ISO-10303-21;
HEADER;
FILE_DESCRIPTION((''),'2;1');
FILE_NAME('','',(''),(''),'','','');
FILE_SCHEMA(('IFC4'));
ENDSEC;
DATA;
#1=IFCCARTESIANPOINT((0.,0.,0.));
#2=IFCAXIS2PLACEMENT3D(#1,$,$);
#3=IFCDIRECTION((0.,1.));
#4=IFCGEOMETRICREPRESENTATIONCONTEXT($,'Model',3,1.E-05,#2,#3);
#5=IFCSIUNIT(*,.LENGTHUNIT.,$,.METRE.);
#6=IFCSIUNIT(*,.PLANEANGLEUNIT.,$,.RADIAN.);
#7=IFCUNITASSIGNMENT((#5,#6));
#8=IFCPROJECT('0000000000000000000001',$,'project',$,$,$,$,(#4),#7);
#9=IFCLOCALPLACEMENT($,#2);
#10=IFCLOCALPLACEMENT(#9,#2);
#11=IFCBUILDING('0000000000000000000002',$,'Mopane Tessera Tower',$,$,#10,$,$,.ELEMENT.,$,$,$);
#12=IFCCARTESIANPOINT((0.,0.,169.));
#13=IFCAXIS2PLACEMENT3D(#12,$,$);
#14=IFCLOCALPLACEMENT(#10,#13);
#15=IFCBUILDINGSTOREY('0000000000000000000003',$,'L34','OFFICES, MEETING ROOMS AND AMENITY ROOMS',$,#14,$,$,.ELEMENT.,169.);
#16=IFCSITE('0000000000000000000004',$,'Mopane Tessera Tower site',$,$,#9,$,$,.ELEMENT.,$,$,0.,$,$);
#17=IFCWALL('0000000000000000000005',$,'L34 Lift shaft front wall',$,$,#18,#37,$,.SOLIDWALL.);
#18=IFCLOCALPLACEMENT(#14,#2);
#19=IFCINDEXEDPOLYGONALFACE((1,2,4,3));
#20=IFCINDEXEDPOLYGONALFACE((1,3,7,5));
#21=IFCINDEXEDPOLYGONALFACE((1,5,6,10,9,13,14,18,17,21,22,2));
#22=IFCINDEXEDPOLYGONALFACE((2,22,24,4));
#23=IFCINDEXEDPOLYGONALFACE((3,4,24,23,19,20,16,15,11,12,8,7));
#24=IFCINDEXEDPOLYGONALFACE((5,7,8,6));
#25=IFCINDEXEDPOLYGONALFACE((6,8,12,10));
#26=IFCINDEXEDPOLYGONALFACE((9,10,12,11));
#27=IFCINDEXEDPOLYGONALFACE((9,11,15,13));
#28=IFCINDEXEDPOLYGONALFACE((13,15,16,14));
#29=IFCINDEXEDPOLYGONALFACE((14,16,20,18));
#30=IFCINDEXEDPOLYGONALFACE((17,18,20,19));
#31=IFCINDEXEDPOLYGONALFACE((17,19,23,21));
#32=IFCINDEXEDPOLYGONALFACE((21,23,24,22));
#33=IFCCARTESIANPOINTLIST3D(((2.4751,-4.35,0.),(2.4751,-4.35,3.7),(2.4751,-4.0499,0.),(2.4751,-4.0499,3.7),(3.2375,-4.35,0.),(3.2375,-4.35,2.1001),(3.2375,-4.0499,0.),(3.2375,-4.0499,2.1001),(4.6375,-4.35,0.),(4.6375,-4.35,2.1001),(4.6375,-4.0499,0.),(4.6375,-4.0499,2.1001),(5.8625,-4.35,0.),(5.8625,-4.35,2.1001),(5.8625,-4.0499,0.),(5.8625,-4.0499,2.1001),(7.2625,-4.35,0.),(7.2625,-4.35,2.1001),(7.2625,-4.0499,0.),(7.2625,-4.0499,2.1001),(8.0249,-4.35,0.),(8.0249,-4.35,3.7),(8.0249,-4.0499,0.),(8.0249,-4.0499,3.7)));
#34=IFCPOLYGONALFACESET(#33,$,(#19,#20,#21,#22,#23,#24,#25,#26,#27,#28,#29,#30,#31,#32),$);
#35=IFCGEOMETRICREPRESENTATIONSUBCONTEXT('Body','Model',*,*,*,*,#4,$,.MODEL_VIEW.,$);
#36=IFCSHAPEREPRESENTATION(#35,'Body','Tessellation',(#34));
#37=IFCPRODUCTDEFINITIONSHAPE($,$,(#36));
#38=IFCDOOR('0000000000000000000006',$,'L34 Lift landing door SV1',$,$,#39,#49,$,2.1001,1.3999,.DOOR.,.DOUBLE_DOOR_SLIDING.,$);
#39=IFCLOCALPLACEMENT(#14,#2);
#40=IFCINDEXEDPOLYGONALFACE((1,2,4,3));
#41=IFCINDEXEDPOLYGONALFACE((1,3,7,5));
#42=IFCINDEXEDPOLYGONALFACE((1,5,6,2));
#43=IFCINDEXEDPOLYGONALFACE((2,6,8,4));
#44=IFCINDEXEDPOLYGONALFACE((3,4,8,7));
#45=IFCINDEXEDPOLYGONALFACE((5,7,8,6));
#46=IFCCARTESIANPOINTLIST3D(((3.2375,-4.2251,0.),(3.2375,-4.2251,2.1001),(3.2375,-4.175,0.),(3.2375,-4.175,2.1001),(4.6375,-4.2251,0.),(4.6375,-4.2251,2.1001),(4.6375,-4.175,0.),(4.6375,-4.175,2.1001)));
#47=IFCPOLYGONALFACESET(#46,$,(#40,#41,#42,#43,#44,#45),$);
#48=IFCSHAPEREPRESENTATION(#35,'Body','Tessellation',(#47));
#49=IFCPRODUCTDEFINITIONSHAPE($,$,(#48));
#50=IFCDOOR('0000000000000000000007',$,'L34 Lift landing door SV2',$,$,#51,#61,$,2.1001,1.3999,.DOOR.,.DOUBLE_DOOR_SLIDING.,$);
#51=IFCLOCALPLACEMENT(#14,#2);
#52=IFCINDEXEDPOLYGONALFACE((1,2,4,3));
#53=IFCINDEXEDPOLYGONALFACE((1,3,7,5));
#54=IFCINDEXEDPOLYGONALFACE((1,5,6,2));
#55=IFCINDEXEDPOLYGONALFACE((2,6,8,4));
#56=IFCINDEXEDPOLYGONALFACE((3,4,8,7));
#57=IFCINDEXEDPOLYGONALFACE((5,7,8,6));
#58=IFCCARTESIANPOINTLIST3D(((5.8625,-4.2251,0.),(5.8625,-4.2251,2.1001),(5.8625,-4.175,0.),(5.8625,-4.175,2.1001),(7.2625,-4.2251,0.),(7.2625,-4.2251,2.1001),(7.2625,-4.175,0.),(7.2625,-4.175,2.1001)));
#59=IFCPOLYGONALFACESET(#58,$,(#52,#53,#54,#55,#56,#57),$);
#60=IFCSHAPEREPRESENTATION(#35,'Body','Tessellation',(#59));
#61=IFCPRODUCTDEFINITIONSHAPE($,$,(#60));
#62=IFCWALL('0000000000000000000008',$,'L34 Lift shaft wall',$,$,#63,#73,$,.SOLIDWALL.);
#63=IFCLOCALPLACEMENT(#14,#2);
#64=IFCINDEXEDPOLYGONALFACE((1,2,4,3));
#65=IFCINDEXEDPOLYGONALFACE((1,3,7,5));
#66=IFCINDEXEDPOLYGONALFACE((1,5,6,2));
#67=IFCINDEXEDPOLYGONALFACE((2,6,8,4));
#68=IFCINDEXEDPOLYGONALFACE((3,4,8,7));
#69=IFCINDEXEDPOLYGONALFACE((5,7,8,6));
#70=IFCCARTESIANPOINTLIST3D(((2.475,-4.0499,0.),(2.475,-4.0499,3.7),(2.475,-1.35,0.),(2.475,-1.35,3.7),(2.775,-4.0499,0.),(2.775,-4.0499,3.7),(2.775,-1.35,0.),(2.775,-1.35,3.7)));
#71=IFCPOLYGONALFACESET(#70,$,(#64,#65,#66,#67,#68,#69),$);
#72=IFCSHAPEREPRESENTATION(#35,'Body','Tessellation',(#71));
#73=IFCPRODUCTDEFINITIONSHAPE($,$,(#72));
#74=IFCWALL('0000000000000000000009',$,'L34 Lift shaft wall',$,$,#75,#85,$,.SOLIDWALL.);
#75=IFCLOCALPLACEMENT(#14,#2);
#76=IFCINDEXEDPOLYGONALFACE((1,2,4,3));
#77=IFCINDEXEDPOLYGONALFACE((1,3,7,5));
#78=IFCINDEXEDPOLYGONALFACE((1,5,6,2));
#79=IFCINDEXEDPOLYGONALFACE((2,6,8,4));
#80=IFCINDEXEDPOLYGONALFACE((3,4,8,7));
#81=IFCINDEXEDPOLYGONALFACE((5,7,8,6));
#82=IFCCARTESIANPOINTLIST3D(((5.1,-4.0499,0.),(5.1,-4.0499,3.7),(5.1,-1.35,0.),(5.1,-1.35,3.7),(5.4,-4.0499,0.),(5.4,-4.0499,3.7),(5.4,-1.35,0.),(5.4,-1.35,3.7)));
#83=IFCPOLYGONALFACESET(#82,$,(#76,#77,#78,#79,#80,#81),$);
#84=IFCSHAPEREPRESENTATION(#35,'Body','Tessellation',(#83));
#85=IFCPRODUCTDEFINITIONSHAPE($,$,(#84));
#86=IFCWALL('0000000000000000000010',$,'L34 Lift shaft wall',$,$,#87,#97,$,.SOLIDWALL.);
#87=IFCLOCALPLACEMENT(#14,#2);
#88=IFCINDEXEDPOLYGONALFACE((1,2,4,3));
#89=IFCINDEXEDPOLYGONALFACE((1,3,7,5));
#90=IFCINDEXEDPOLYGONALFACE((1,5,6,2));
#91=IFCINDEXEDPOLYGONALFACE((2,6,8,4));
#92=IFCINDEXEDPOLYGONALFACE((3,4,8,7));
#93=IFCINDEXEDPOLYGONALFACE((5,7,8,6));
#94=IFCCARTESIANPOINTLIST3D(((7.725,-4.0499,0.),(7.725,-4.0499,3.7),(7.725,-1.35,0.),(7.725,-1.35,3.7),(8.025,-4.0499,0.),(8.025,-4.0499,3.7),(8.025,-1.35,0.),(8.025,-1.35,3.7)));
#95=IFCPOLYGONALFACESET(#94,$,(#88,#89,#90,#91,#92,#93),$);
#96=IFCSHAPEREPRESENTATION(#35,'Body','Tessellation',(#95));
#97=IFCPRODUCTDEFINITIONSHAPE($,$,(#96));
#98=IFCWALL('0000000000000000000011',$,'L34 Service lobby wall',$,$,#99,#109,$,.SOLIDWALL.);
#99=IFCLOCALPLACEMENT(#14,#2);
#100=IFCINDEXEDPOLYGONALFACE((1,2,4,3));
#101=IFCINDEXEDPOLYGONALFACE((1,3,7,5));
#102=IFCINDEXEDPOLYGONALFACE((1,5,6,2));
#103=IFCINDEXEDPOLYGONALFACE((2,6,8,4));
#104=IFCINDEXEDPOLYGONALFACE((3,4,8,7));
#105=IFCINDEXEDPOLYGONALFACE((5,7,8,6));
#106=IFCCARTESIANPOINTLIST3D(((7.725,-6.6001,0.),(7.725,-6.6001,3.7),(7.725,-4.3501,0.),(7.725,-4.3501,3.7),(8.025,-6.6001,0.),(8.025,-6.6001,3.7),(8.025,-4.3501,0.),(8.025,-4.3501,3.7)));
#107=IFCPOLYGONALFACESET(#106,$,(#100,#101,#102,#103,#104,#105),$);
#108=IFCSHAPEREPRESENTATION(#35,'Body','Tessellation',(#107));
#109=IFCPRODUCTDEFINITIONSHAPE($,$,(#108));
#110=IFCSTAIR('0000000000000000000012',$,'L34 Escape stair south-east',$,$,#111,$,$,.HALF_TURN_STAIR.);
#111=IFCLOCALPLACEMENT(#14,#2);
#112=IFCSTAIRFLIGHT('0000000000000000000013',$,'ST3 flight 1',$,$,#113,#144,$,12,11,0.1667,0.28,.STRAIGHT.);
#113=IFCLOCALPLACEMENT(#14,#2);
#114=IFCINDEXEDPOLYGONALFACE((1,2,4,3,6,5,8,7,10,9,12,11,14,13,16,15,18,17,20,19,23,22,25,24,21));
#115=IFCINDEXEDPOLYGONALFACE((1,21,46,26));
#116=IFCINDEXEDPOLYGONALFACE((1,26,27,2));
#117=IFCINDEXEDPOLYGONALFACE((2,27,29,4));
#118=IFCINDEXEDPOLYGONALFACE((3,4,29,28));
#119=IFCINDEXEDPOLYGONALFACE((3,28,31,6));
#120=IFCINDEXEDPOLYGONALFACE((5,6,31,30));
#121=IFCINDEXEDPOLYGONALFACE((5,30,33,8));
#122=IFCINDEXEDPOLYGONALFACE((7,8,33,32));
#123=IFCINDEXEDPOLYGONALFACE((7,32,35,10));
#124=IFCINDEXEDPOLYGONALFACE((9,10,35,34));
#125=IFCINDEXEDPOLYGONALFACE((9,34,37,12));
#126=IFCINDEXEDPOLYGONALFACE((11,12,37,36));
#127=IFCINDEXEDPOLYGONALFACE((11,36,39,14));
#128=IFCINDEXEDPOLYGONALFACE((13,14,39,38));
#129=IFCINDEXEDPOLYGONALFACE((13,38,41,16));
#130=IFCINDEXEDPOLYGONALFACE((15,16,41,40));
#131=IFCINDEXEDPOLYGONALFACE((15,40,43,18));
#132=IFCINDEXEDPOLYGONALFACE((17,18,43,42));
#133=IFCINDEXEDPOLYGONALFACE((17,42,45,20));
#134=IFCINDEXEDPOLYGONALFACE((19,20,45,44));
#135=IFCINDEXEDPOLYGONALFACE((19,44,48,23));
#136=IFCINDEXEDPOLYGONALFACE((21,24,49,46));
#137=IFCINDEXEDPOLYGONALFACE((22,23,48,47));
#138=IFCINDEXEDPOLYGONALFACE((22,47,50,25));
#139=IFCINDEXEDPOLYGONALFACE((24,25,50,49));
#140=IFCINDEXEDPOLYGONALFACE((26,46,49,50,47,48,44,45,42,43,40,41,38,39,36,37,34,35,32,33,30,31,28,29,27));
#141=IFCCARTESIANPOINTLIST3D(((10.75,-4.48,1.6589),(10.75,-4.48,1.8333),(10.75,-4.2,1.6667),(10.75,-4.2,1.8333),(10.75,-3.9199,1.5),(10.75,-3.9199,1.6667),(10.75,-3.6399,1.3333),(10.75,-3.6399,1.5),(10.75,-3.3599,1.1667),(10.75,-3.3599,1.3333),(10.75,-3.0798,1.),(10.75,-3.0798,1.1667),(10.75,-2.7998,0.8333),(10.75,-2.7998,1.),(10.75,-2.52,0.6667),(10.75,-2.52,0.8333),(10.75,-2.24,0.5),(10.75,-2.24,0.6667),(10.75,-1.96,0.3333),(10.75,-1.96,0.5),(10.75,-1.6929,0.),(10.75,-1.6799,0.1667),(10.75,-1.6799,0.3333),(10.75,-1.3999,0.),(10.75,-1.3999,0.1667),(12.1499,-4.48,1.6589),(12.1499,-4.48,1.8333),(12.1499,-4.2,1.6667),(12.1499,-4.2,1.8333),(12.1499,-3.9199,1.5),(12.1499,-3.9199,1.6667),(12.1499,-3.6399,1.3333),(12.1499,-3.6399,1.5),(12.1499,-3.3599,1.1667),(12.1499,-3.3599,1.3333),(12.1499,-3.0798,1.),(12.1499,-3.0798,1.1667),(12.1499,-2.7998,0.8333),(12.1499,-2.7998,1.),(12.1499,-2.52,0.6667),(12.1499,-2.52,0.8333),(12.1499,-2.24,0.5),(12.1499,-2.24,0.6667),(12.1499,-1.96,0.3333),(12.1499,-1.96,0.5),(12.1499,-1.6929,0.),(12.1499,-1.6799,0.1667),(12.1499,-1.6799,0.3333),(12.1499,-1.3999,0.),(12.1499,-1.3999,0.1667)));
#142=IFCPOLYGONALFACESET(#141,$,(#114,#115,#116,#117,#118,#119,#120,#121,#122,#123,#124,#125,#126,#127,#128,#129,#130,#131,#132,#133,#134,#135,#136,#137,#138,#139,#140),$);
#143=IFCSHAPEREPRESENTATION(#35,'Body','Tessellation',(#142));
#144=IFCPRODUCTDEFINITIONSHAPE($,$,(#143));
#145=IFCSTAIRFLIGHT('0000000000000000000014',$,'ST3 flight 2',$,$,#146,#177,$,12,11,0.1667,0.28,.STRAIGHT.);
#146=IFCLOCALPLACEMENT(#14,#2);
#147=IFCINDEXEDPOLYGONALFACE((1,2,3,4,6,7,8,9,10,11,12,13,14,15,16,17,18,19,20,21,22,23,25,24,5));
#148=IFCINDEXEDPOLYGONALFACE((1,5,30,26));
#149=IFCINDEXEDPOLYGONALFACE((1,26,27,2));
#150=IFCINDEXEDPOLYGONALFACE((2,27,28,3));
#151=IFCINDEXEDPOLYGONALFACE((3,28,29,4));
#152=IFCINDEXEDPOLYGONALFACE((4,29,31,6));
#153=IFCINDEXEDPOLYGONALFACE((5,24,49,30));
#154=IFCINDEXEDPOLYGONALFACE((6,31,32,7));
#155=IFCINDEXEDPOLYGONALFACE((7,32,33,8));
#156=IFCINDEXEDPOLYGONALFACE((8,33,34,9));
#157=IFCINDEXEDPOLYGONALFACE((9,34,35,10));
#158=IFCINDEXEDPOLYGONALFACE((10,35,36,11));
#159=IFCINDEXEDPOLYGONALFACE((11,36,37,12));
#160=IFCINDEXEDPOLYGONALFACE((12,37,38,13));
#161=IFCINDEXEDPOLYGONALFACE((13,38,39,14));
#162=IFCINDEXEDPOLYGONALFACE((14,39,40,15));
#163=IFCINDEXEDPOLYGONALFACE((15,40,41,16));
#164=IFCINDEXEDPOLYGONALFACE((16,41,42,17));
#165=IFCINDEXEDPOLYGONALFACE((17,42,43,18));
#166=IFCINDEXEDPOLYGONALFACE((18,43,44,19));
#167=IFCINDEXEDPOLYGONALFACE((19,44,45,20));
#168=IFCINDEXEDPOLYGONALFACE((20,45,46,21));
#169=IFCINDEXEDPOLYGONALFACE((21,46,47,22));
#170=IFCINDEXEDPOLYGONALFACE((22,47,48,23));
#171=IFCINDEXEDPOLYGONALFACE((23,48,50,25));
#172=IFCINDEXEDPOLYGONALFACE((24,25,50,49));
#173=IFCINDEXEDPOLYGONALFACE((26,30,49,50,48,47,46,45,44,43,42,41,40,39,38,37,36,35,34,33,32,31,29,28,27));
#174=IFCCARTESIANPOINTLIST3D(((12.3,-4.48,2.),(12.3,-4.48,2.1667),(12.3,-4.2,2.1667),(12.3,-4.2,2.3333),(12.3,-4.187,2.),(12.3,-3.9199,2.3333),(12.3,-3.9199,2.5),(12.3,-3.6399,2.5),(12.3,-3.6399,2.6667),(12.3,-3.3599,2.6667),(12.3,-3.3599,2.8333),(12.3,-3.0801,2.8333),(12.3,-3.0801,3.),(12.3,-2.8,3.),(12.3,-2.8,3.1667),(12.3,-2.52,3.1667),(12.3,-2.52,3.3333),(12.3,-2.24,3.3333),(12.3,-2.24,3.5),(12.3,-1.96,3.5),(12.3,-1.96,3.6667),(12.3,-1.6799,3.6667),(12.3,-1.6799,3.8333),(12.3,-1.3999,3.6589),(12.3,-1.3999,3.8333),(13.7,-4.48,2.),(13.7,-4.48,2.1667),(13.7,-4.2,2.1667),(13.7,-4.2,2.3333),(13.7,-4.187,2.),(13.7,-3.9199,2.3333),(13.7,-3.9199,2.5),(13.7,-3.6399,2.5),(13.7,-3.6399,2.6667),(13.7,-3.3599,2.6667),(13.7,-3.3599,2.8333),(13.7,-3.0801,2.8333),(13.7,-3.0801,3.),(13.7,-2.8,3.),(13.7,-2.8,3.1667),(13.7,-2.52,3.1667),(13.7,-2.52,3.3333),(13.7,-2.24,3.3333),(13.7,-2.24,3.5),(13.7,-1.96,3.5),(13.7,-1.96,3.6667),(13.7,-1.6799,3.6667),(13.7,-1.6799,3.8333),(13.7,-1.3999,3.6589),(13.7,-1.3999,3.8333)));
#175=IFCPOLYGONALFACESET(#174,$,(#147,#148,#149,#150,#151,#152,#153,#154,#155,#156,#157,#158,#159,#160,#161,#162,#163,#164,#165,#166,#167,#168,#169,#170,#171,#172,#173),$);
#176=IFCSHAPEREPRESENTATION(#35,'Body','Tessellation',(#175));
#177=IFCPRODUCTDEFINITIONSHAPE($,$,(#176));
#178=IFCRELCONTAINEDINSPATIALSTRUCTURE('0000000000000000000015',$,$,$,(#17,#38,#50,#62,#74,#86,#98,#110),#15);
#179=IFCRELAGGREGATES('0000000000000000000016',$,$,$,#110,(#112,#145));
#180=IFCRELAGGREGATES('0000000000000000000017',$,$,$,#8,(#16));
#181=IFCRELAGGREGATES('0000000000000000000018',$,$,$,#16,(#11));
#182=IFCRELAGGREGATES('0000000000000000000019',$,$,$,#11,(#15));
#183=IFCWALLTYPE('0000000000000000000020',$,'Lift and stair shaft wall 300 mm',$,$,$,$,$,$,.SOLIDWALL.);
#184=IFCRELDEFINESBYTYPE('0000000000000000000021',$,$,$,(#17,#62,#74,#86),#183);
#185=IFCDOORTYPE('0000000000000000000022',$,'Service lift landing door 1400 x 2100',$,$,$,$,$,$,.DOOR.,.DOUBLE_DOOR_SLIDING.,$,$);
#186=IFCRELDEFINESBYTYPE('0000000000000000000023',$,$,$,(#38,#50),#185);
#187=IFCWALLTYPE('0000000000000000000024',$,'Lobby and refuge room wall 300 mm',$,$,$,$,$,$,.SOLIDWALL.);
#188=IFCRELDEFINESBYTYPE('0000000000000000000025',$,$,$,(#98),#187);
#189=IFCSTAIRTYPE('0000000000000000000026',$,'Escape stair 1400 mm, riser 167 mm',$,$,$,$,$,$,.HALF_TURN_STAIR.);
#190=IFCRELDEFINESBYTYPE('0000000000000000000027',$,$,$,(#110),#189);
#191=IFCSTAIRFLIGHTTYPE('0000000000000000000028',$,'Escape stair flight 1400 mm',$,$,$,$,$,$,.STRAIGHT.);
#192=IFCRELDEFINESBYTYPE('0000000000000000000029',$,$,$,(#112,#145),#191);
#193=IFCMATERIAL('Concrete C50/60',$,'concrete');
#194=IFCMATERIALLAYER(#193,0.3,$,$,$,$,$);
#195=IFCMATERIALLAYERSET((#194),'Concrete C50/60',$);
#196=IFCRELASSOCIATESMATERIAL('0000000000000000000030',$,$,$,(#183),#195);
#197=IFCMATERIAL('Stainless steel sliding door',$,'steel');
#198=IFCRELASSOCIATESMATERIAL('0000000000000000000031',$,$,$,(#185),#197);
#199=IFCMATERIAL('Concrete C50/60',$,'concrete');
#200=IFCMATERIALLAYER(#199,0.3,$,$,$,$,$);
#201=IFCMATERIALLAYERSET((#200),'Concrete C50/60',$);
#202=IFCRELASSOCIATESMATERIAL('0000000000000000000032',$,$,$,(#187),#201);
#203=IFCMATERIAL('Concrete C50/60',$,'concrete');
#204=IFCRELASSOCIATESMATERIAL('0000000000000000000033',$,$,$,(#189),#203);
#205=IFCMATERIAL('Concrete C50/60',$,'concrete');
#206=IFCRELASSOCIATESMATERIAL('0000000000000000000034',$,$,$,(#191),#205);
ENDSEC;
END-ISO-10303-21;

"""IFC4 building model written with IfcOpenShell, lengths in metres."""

from ifc_helpers import new_model, si_unit, direction, frame, frame_2d, origin, place, context, subcontext, project, spatial, polyline, rectangle, outline, extrude, material, layer, layer_set, type_object, element, fill, aggregate, save


model = new_model("IFC4")

# Units and contexts
model_context = context("Model", 3, precision=1e-05, world=origin(), true_north=direction((0.0, 1.0)))
body_context = subcontext(model_context, "Body", "Model", "MODEL_VIEW")
ifc_project = project(units=[si_unit("LENGTHUNIT", "METRE"), si_unit("PLANEANGLEUNIT", "RADIAN")], contexts=[model_context])

# Site, building, storey
site_placement = place(None, origin())
site = spatial("IfcSite", under=ifc_project, at=site_placement, Name="Mopane Tessera Tower site", CompositionType="ELEMENT", RefElevation=0.0)
building_placement = place(site_placement, origin())
building = spatial("IfcBuilding", under=site, at=building_placement, Name="Mopane Tessera Tower", CompositionType="ELEMENT")
storey_placement = place(building_placement, frame((0.0, 0.0, 169.0)))
storey = spatial("IfcBuildingStorey", under=building, at=storey_placement, Name="L34", Description="OFFICES, MEETING ROOMS AND AMENITY ROOMS", CompositionType="ELEMENT", Elevation=169.0)

# Shared definitions
ifc_material_1 = material(Name="Concrete C50/60", Category="concrete")
ifc_layer_1 = layer(ifc_material_1, 0.3)
ifc_layer_set_1 = layer_set([ifc_layer_1], Name="Concrete C50/60")
wall_type_1 = type_object("IfcWallType", Name="Lift and stair shaft wall 300 mm", PredefinedType="SOLIDWALL", material=ifc_layer_set_1)

# Wall, openings, doors
wall_1_placement = place(storey_placement, frame((2.4751, -4.2, 0.0), z_axis=(0.0, 0.0, 1.0), x_axis=(1.0, 0.0, 0.0)))
wall_1 = element("IfcWall", 1, at=wall_1_placement, inside=storey, type_object=wall_type_1, Name="L34 Lift shaft front wall", PredefinedType="SOLIDWALL", context=body_context, shape_type="SweptSolid", body=[
    extrude(rectangle(XDim=5.5498, YDim=0.3, at=frame_2d((2.7749, 0.0))), origin(), (0.0, 0.0, 1.0), 3.7),
])
opening_1_placement = place(wall_1_placement, frame((0.7625, 0.0, 0.0)))
opening_1 = element("IfcOpeningElement", 2, at=opening_1_placement, cuts=wall_1, PredefinedType="OPENING", context=body_context, shape_type="SweptSolid", body=[
    extrude(rectangle(XDim=1.3999, YDim=2.1001, at=frame_2d((0.7, 1.05))), frame((0.0, 0.1621, 0.0), z_axis=(0.0, -1.0, 0.0), x_axis=(1.0, 0.0, 0.0)), (0.0, 0.0, 1.0), 0.324),
])
opening_2_placement = place(wall_1_placement, frame((3.3875, 0.0, 0.0)))
opening_2 = element("IfcOpeningElement", 3, at=opening_2_placement, cuts=wall_1, PredefinedType="OPENING", context=body_context, shape_type="SweptSolid", body=[
    extrude(rectangle(XDim=1.3999, YDim=2.1001, at=frame_2d((0.7, 1.05))), frame((0.0, 0.1621, 0.0), z_axis=(0.0, -1.0, 0.0), x_axis=(1.0, 0.0, 0.0)), (0.0, 0.0, 1.0), 0.324),
])
ifc_material_2 = material(Name="Stainless steel sliding door", Category="steel")
door_type_1 = type_object("IfcDoorType", Name="Service lift landing door 1400 x 2100", OperationType="DOUBLE_DOOR_SLIDING", PredefinedType="DOOR", material=ifc_material_2)
door_1_placement = place(opening_1_placement, origin())
door_1 = element("IfcDoor", 4, at=door_1_placement, inside=storey, type_object=door_type_1, Name="L34 Lift landing door SV1", OperationType="DOUBLE_DOOR_SLIDING", OverallHeight=2.1001, OverallWidth=1.3999, PredefinedType="DOOR", context=body_context, shape_type="SweptSolid", body=[
    extrude(rectangle(XDim=1.3999, YDim=2.1001, at=frame_2d((0.7, 1.05))), frame((0.0, 0.0249, 0.0), z_axis=(0.0, -1.0, 0.0), x_axis=(1.0, 0.0, 0.0)), (0.0, 0.0, 1.0), 0.05),
])
fill(opening_1, door_1)
door_2_placement = place(opening_2_placement, origin())
door_2 = element("IfcDoor", 5, at=door_2_placement, inside=storey, type_object=door_type_1, Name="L34 Lift landing door SV2", OperationType="DOUBLE_DOOR_SLIDING", OverallHeight=2.1001, OverallWidth=1.3999, PredefinedType="DOOR", context=body_context, shape_type="SweptSolid", body=[
    extrude(rectangle(XDim=1.3999, YDim=2.1001, at=frame_2d((0.7, 1.05))), frame((0.0, 0.0249, 0.0), z_axis=(0.0, -1.0, 0.0), x_axis=(1.0, 0.0, 0.0)), (0.0, 0.0, 1.0), 0.05),
])
fill(opening_2, door_2)

# Walls
for number, where, z_axis, x_axis, name in (
    (6, (2.625, -4.05, 0.0), (0.0, 0.0, 1.0), (0.0, 1.0, 0.0), "L34 Lift shaft wall"),
    (7, (5.25, -4.05, 0.0), (0.0, 0.0, 1.0), (0.0, 1.0, 0.0), "L34 Lift shaft wall"),
    (8, (7.875, -4.05, 0.0), (0.0, 0.0, 1.0), (0.0, 1.0, 0.0), "L34 Lift shaft wall"),
):
    element("IfcWall", number, at=place(storey_placement, frame(where, z_axis=z_axis, x_axis=x_axis)), inside=storey, type_object=wall_type_1, Name=name, PredefinedType="SOLIDWALL", context=body_context, shape_type="SweptSolid", body=[
        extrude(rectangle(XDim=2.7, YDim=0.3, at=frame_2d((1.3501, 0.0))), origin(), (0.0, 0.0, 1.0), 3.7),
    ])
ifc_material_3 = material(Name="Concrete C50/60", Category="concrete")
ifc_layer_2 = layer(ifc_material_3, 0.3)
ifc_layer_set_2 = layer_set([ifc_layer_2], Name="Concrete C50/60")
wall_type_2 = type_object("IfcWallType", Name="Lobby and refuge room wall 300 mm", PredefinedType="SOLIDWALL", material=ifc_layer_set_2)
wall_2_placement = place(storey_placement, frame((7.875, -6.6001, 0.0), z_axis=(0.0, 0.0, 1.0), x_axis=(0.0, 1.0, 0.0)))
element("IfcWall", 9, at=wall_2_placement, inside=storey, type_object=wall_type_2, Name="L34 Service lobby wall", PredefinedType="SOLIDWALL", context=body_context, shape_type="SweptSolid", body=[
    extrude(rectangle(XDim=2.25, YDim=0.3, at=frame_2d((1.125, 0.0))), origin(), (0.0, 0.0, 1.0), 3.7),
])

# Stair, stair flights
ifc_material_4 = material(Name="Concrete C50/60", Category="concrete")
stair_type = type_object("IfcStairType", Name="Escape stair 1400 mm, riser 167 mm", PredefinedType="HALF_TURN_STAIR", material=ifc_material_4)
stair_placement = place(storey_placement, origin())
stair = element("IfcStair", 10, at=stair_placement, inside=storey, type_object=stair_type, Name="L34 Escape stair south-east", PredefinedType="HALF_TURN_STAIR")
ifc_material_5 = material(Name="Concrete C50/60", Category="concrete")
stair_flight_type = type_object("IfcStairFlightType", Name="Escape stair flight 1400 mm", PredefinedType="STRAIGHT", material=ifc_material_5)
stair_flight_1_placement = place(storey_placement, frame((11.45, -1.3999, 0.0), z_axis=(0.0, 0.0, 1.0), x_axis=(0.0, -1.0, 0.0)))
stair_flight_1 = element("IfcStairFlight", 11, at=stair_flight_1_placement, type_object=stair_flight_type, Name="ST3 flight 1", NumberOfRisers=12, NumberOfTreads=11, PredefinedType="STRAIGHT", RiserHeight=0.1667, TreadLength=0.28, context=body_context, shape_type="SweptSolid", body=[
    extrude(outline(polyline([(0.0, 0.0), (0.0, 0.1667), (0.28, 0.1667), (0.28, 0.3333), (0.5601, 0.3333), (0.5601, 0.5), (0.8401, 0.5), (0.8401, 0.6667), (1.1201, 0.6667), (1.1201, 0.8333), (1.3999, 0.8333), (1.3999, 1.0), (1.6799, 1.0), (1.6799, 1.1667), (1.96, 1.1667), (1.96, 1.3333), (2.24, 1.3333), (2.24, 1.5), (2.52, 1.5), (2.52, 1.6667), (2.8, 1.6667), (2.8, 1.8333), (3.0801, 1.8333), (3.0801, 2.0), (3.0801, 1.6589), (0.293, 0.0), (0.0, 0.0)])), frame((0.0, 0.7, 0.0), z_axis=(0.0, -1.0, 0.0), x_axis=(1.0, 0.0, 0.0)), (0.0, 0.0, 1.0), 1.3999),
])
stair_flight_2_placement = place(storey_placement, frame((13.0, -4.48, 2.0), z_axis=(0.0, 0.0, 1.0), x_axis=(0.0, 1.0, 0.0)))
stair_flight_2 = element("IfcStairFlight", 12, at=stair_flight_2_placement, type_object=stair_flight_type, Name="ST3 flight 2", NumberOfRisers=12, NumberOfTreads=11, PredefinedType="STRAIGHT", RiserHeight=0.1667, TreadLength=0.28, context=body_context, shape_type="SweptSolid", body=[
    extrude(outline(polyline([(0.0, 0.0), (0.0, 0.1667), (0.28, 0.1667), (0.28, 0.3333), (0.5601, 0.3333), (0.5601, 0.5), (0.8401, 0.5), (0.8401, 0.6667), (1.1201, 0.6667), (1.1201, 0.8333), (1.3999, 0.8333), (1.3999, 1.0), (1.6799, 1.0), (1.6799, 1.1667), (1.96, 1.1667), (1.96, 1.3333), (2.24, 1.3333), (2.24, 1.5), (2.52, 1.5), (2.52, 1.6667), (2.8, 1.6667), (2.8, 1.8333), (3.0801, 1.8333), (3.0801, 2.0), (3.0801, 1.6589), (0.293, 0.0), (0.0, 0.0)])), frame((0.0, 0.7, 0.0), z_axis=(0.0, -1.0, 0.0), x_axis=(1.0, 0.0, 0.0)), (0.0, 0.0, 1.0), 1.3999),
])
aggregate(stair, [stair_flight_1, stair_flight_2])

save(model, "model.ifc")
